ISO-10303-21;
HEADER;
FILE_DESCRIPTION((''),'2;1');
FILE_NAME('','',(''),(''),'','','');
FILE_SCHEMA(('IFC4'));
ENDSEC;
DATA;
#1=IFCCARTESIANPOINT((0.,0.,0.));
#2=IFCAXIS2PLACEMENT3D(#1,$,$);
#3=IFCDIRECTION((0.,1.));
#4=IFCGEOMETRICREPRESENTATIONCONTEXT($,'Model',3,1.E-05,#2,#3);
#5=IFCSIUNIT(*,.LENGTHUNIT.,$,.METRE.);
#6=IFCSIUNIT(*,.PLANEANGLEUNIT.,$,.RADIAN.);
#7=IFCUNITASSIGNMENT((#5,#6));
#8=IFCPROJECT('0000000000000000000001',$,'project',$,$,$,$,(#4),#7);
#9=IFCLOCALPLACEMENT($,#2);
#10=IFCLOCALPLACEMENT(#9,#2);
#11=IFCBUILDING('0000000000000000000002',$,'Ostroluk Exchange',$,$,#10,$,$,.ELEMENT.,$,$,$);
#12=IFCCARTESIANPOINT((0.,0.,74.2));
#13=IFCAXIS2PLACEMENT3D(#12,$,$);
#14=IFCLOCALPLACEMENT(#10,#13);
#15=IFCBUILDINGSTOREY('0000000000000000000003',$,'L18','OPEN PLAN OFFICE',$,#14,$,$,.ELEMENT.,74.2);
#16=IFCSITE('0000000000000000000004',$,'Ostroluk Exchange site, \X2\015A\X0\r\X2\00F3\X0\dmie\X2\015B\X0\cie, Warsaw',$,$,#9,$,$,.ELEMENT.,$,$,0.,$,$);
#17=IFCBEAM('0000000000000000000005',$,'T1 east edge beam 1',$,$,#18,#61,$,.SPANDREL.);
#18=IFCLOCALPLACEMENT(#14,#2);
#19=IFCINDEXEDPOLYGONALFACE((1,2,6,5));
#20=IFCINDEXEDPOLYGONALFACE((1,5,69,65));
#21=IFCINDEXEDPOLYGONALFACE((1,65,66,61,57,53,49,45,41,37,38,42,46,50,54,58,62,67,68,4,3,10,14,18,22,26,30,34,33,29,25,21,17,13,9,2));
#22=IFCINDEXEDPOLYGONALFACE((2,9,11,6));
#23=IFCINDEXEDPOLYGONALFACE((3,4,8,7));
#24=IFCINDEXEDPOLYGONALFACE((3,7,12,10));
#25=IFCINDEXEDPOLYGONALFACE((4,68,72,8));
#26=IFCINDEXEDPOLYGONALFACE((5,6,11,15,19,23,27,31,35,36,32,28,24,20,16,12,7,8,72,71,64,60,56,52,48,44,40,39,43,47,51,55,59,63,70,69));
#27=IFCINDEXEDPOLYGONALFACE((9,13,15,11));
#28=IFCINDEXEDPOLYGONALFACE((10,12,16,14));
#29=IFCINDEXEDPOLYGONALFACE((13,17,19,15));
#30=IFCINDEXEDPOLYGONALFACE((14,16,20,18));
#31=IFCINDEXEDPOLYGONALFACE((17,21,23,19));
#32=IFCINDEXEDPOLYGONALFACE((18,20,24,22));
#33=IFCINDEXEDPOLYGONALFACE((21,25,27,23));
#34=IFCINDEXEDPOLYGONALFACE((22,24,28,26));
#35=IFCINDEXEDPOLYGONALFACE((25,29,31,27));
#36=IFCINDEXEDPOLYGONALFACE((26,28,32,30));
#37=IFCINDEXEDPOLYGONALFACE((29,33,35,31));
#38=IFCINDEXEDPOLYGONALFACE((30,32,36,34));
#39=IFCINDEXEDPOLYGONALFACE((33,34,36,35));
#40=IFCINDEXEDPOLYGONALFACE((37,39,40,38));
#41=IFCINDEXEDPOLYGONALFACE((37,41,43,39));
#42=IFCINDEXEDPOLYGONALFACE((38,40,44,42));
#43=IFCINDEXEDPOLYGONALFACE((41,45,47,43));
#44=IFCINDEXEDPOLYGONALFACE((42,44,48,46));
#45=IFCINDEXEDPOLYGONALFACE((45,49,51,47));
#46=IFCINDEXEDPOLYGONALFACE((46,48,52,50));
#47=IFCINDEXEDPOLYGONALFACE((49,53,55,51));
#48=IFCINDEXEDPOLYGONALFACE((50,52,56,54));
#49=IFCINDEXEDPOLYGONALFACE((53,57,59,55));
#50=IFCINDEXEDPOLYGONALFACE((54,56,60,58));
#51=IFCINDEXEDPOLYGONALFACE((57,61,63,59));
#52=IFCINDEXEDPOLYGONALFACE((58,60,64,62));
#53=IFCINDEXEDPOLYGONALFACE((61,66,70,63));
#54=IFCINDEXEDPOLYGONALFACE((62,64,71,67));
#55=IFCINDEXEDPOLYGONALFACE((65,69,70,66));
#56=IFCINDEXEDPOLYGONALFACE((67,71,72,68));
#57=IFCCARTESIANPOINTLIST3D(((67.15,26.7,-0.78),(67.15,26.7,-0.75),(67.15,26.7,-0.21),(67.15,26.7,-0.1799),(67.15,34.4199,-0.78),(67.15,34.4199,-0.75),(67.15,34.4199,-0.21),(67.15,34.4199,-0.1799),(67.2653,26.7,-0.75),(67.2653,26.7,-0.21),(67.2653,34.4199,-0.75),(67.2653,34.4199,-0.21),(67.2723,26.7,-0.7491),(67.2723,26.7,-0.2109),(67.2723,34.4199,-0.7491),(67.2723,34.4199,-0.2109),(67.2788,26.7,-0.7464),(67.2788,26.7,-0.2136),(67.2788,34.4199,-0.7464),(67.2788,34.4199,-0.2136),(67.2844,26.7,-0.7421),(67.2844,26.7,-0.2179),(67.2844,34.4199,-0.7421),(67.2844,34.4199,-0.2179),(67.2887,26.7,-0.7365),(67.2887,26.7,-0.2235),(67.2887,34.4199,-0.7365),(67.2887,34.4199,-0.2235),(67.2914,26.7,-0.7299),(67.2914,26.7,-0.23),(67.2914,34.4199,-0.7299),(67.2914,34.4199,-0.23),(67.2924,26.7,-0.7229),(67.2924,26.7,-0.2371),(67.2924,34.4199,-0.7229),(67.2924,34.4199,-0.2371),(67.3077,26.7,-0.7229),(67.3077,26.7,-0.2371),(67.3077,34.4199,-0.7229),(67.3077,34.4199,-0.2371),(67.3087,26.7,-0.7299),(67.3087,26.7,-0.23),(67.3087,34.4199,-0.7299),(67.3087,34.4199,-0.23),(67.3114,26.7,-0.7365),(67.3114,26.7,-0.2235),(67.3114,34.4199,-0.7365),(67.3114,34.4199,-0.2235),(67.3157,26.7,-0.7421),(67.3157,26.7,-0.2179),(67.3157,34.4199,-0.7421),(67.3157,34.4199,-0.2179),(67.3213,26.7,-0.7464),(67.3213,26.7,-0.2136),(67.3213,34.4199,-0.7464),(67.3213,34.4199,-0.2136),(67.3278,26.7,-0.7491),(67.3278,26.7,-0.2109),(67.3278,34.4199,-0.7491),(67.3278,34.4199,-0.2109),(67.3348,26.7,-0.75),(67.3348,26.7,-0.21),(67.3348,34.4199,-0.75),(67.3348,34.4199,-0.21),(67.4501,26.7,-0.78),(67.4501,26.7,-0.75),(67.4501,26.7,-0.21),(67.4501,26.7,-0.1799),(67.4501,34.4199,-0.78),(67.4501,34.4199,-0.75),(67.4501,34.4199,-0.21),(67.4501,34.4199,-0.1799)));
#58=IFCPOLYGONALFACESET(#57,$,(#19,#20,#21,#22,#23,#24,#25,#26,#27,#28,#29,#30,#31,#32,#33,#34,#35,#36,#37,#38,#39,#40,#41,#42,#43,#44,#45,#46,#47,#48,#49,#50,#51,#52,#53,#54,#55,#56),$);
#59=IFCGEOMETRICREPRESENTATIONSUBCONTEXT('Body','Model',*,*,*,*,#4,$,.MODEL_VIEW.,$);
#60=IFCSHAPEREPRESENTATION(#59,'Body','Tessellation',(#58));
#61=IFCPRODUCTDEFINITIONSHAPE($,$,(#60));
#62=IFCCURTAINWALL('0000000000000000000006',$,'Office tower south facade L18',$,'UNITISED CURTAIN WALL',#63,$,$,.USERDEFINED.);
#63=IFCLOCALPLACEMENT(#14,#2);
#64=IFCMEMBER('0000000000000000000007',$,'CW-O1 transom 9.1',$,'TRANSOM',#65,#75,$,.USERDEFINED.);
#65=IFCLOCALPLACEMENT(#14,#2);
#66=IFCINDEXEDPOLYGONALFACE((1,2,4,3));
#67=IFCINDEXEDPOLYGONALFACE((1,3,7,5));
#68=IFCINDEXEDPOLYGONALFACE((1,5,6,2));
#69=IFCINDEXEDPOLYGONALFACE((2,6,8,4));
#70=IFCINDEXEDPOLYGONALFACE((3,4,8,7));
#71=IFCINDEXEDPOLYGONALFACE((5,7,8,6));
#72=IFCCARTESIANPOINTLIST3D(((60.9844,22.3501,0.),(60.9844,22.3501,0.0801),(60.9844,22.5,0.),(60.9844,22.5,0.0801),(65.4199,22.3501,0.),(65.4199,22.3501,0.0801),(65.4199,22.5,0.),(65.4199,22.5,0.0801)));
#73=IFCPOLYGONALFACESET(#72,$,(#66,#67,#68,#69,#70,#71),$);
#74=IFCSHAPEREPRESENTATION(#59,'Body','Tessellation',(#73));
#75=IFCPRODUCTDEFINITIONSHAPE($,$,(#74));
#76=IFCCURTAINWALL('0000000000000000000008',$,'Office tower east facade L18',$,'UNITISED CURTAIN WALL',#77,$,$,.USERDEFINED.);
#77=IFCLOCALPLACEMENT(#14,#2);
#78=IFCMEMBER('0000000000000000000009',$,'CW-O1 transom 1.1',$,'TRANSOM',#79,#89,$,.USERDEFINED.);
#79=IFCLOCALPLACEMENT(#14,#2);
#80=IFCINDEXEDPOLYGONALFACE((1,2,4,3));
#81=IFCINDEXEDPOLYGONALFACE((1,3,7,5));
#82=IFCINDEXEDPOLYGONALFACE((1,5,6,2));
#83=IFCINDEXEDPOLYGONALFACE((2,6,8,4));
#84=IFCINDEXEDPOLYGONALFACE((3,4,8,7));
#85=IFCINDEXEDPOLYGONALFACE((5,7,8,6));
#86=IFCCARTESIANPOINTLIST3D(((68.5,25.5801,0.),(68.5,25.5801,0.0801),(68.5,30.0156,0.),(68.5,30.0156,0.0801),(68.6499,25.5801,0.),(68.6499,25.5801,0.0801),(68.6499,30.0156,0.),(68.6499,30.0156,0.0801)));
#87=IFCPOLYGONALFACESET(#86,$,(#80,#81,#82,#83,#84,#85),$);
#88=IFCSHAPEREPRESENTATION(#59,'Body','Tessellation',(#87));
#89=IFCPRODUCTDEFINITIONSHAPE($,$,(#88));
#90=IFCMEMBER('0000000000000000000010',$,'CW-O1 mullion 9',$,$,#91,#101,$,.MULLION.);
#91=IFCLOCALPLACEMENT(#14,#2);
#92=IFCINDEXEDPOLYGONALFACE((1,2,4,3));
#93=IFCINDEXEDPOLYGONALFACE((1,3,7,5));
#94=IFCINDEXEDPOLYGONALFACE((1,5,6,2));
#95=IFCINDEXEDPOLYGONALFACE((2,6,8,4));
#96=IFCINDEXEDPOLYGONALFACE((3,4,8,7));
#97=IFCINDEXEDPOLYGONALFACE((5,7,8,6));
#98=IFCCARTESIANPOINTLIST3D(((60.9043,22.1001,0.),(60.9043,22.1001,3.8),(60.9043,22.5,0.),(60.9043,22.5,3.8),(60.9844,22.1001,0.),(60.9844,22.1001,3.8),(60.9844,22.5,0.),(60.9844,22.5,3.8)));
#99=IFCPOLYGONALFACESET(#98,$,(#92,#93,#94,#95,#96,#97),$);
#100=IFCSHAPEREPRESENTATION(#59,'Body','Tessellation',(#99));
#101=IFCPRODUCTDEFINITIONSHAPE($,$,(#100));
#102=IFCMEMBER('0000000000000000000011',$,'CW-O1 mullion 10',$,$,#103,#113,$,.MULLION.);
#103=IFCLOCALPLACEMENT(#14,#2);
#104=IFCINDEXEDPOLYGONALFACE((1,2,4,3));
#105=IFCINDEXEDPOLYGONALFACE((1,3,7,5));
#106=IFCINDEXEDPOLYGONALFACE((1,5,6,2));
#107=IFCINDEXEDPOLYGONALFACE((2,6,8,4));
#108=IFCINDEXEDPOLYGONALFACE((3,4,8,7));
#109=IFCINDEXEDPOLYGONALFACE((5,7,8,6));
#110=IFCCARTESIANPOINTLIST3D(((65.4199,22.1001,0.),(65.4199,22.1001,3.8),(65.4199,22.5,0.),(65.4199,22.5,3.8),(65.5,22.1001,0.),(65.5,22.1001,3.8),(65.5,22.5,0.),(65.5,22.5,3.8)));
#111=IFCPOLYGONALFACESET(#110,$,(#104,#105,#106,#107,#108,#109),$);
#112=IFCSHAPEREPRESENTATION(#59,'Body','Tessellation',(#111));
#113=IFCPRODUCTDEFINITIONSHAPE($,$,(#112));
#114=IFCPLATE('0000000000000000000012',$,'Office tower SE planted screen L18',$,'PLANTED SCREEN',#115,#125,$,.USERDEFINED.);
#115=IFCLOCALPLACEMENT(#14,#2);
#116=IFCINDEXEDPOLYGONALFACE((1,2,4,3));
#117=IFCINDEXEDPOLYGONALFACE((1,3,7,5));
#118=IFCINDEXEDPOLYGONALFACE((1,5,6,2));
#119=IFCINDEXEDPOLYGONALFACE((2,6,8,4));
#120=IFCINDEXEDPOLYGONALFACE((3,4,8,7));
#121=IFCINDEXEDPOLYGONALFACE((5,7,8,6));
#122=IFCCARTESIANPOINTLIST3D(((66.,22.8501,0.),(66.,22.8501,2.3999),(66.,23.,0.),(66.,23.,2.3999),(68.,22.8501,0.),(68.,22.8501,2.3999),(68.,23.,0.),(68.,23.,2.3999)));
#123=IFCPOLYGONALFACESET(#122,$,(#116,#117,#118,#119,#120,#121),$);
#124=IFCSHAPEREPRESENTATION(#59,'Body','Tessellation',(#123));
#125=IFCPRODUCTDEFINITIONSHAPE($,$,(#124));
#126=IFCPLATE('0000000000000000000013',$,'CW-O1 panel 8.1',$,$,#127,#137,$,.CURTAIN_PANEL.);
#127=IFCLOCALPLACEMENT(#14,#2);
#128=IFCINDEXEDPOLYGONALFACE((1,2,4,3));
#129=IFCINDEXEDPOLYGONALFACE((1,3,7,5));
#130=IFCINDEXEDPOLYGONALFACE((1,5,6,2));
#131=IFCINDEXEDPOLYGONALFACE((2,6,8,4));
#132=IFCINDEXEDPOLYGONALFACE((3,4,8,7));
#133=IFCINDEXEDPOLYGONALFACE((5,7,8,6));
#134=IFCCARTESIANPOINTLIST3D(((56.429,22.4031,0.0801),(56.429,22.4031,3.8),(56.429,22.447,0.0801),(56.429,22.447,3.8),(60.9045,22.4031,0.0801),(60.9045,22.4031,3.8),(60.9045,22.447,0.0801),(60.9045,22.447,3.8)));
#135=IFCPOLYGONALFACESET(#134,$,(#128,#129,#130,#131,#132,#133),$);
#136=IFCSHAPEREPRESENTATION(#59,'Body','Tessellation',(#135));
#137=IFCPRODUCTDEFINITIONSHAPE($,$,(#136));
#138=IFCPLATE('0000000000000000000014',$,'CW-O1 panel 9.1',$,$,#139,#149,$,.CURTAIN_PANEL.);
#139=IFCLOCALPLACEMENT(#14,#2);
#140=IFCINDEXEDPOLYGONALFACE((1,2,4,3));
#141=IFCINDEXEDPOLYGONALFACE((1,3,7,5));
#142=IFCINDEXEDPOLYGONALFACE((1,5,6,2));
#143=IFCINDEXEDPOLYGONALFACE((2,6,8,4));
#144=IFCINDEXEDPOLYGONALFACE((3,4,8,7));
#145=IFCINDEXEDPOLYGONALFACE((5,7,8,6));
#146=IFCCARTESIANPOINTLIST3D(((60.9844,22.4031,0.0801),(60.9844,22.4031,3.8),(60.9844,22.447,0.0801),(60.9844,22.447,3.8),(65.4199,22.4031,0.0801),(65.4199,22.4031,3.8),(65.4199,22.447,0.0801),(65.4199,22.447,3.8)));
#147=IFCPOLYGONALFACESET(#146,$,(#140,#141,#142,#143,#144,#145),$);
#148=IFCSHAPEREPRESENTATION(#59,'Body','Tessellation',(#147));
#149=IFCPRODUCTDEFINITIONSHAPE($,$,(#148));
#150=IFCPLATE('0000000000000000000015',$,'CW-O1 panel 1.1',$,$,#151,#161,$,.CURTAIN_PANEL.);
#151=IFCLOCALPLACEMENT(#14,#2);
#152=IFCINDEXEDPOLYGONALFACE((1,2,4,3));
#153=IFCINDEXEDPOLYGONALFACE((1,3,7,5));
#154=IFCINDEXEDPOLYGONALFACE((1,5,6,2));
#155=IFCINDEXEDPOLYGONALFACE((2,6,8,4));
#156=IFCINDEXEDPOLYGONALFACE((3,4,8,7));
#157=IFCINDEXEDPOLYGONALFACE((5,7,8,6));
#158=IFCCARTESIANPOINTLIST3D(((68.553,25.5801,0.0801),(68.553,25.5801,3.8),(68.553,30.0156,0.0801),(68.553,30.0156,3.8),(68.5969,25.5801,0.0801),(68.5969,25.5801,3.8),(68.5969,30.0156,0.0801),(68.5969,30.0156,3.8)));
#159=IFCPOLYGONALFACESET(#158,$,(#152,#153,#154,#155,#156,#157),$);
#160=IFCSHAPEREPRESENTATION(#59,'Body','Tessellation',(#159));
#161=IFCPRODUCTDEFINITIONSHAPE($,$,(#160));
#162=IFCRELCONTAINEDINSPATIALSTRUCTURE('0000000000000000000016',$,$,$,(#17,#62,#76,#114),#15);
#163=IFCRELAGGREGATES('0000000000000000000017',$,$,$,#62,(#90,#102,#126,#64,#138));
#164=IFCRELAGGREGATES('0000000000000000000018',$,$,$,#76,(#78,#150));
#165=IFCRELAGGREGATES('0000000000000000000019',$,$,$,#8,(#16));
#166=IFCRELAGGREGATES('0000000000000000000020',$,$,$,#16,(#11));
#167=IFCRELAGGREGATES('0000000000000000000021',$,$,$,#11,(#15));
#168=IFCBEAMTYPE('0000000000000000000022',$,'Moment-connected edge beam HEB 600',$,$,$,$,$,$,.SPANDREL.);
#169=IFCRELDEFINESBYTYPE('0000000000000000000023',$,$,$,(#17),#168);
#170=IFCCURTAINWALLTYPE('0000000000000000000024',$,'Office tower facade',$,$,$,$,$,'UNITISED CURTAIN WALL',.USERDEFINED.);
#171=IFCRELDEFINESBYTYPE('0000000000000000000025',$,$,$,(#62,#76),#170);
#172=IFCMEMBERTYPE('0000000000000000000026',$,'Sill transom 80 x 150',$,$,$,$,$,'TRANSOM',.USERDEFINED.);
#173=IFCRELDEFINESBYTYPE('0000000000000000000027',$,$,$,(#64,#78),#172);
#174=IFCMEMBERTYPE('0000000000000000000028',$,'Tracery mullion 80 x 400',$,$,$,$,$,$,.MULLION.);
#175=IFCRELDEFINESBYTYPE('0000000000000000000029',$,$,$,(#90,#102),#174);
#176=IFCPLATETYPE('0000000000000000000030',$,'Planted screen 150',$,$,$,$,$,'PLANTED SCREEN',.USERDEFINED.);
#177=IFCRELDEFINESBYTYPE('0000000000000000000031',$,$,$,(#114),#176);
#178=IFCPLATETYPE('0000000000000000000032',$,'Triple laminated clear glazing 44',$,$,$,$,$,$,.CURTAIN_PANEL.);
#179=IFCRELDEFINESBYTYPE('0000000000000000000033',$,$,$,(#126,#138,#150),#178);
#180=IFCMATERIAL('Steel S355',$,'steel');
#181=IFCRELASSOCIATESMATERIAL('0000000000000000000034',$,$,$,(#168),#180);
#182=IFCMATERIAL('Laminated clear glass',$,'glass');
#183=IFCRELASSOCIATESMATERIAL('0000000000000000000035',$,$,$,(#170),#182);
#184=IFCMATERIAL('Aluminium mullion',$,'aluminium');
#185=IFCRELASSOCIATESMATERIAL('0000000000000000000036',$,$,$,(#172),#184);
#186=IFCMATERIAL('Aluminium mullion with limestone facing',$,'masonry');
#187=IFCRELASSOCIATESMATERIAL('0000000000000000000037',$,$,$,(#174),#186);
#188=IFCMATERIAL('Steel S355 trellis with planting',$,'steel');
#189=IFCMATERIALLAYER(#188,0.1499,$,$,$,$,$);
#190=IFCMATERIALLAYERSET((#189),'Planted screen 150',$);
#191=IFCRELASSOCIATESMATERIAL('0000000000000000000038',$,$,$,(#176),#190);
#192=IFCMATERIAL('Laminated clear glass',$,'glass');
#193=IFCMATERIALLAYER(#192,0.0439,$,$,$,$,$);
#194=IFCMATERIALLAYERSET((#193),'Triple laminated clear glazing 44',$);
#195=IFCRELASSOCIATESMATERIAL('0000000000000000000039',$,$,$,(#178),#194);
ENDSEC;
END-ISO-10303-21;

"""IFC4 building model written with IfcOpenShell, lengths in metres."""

from ifc_helpers import new_model, si_unit, direction, frame, origin, origin_2d, place, context, subcontext, project, spatial, rectangle, i_section, extrude, material, layer, layer_set, material_profile, profile_set, type_object, element, aggregate, save


model = new_model("IFC4")

# Units and contexts
model_context = context("Model", 3, precision=1e-05, world=origin(), true_north=direction((0.0, 1.0)))
body_context = subcontext(model_context, "Body", "Model", "MODEL_VIEW")
ifc_project = project(units=[si_unit("LENGTHUNIT", "METRE"), si_unit("PLANEANGLEUNIT", "RADIAN")], contexts=[model_context])

# Site, building, storey
site_placement = place(None, origin())
site = spatial("IfcSite", under=ifc_project, at=site_placement, Name="Ostroluk Exchange site, Śródmieście, Warsaw", CompositionType="ELEMENT", RefElevation=0.0)
building_placement = place(site_placement, origin())
building = spatial("IfcBuilding", under=site, at=building_placement, Name="Ostroluk Exchange", CompositionType="ELEMENT")
storey_placement = place(building_placement, frame((0.0, 0.0, 74.2)))
storey = spatial("IfcBuildingStorey", under=building, at=storey_placement, Name="L18", Description="OPEN PLAN OFFICE", CompositionType="ELEMENT", Elevation=74.2)

# Beam
ifc_material_1 = material(Name="Steel S355", Category="steel")
ifc_material_profile_1 = material_profile(ifc_material_1, i_section(OverallWidth=0.3, OverallDepth=0.6001, WebThickness=0.0154, FlangeThickness=0.03, FilletRadius=0.0271, at=origin_2d()), Name="HEB 600")
ifc_profile_set_1 = profile_set([ifc_material_profile_1], Name="Steel S355")
beam_type_1 = type_object("IfcBeamType", Name="Moment-connected edge beam HEB 600", PredefinedType="SPANDREL", material=ifc_profile_set_1)
beam_placement = place(storey_placement, frame((67.3, 26.7, -0.48), z_axis=(0.0, 1.0, 0.0), x_axis=(-1.0, 0.0, 0.0)))
element("IfcBeam", 1, at=beam_placement, inside=storey, type_object=beam_type_1, Name="T1 east edge beam 1", PredefinedType="SPANDREL", context=body_context, shape_type="SweptSolid", body=[
    extrude(i_section(OverallWidth=0.3, OverallDepth=0.6001, WebThickness=0.0154, FlangeThickness=0.03, FilletRadius=0.0271, at=origin_2d()), origin(), (0.0, 0.0, 1.0), 7.72),
])

# Curtain walls, members
ifc_material_2 = material(Name="Laminated clear glass", Category="glass")
curtain_wall_type = type_object("IfcCurtainWallType", Name="Office tower facade", ElementType="UNITISED CURTAIN WALL", PredefinedType="USERDEFINED", material=ifc_material_2)
curtain_wall_1_placement = place(storey_placement, origin())
curtain_wall_1 = element("IfcCurtainWall", 2, at=curtain_wall_1_placement, inside=storey, type_object=curtain_wall_type, Name="Office tower south facade L18", ObjectType="UNITISED CURTAIN WALL", PredefinedType="USERDEFINED")
ifc_material_3 = material(Name="Aluminium mullion", Category="aluminium")
ifc_material_profile_2 = material_profile(ifc_material_3, rectangle(XDim=0.1499, YDim=0.0801, at=origin_2d()), Name="Sill transom 80 x 150")
ifc_profile_set_2 = profile_set([ifc_material_profile_2], Name="Aluminium mullion")
member_type_1 = type_object("IfcMemberType", Name="Sill transom 80 x 150", ElementType="TRANSOM", PredefinedType="USERDEFINED", material=ifc_profile_set_2)
member_1_placement = place(storey_placement, frame((60.9844, 22.425, 0.04), z_axis=(1.0, 0.0, 0.0), x_axis=(0.0, 1.0, 0.0)))
member_1 = element("IfcMember", 3, at=member_1_placement, type_object=member_type_1, Name="CW-O1 transom 9.1", ObjectType="TRANSOM", PredefinedType="USERDEFINED", context=body_context, shape_type="SweptSolid", body=[
    extrude(rectangle(XDim=0.1499, YDim=0.0801, at=origin_2d()), origin(), (0.0, 0.0, 1.0), 4.4355),
])
curtain_wall_2_placement = place(storey_placement, origin())
curtain_wall_2 = element("IfcCurtainWall", 4, at=curtain_wall_2_placement, inside=storey, type_object=curtain_wall_type, Name="Office tower east facade L18", ObjectType="UNITISED CURTAIN WALL", PredefinedType="USERDEFINED")
member_2_placement = place(storey_placement, frame((68.575, 25.5801, 0.04), z_axis=(0.0, 1.0, 0.0), x_axis=(-1.0, 0.0, 0.0)))
member_2 = element("IfcMember", 5, at=member_2_placement, type_object=member_type_1, Name="CW-O1 transom 1.1", ObjectType="TRANSOM", PredefinedType="USERDEFINED", context=body_context, shape_type="SweptSolid", body=[
    extrude(rectangle(XDim=0.1499, YDim=0.0801, at=origin_2d()), origin(), (0.0, 0.0, 1.0), 4.4355),
])

# Members
ifc_material_4 = material(Name="Aluminium mullion with limestone facing", Category="masonry")
ifc_material_profile_3 = material_profile(ifc_material_4, rectangle(XDim=0.3999, YDim=0.0801, at=origin_2d()), Name="Tracery mullion 80 x 400")
ifc_profile_set_3 = profile_set([ifc_material_profile_3], Name="Aluminium mullion with limestone facing")
member_type_2 = type_object("IfcMemberType", Name="Tracery mullion 80 x 400", PredefinedType="MULLION", material=ifc_profile_set_3)
member_3_placement = place(storey_placement, frame((60.9443, 22.3, 0.0), z_axis=(0.0, 0.0, 1.0), x_axis=(0.0, 1.0, 0.0)))
member_3 = element("IfcMember", 6, at=member_3_placement, type_object=member_type_2, Name="CW-O1 mullion 9", PredefinedType="MULLION", context=body_context, shape_type="SweptSolid", body=[
    extrude(rectangle(XDim=0.3999, YDim=0.0801, at=origin_2d()), origin(), (0.0, 0.0, 1.0), 3.8),
])
member_4_placement = place(storey_placement, frame((65.46, 22.3, 0.0), z_axis=(0.0, 0.0, 1.0), x_axis=(0.0, 1.0, 0.0)))
member_4 = element("IfcMember", 7, at=member_4_placement, type_object=member_type_2, Name="CW-O1 mullion 10", PredefinedType="MULLION", context=body_context, shape_type="SweptSolid", body=[
    extrude(rectangle(XDim=0.3999, YDim=0.0801, at=origin_2d()), origin(), (0.0, 0.0, 1.0), 3.8),
])

# Plates
ifc_material_5 = material(Name="Steel S355 trellis with planting", Category="steel")
ifc_layer_1 = layer(ifc_material_5, 0.1499)
ifc_layer_set_1 = layer_set([ifc_layer_1], Name="Planted screen 150")
plate_type_1 = type_object("IfcPlateType", Name="Planted screen 150", ElementType="PLANTED SCREEN", PredefinedType="USERDEFINED", material=ifc_layer_set_1)
plate_1_placement = place(storey_placement, frame((67.0, 22.925, 0.0), z_axis=(0.0, 0.0, 1.0), x_axis=(1.0, 0.0, 0.0)))
element("IfcPlate", 8, at=plate_1_placement, inside=storey, type_object=plate_type_1, Name="Office tower SE planted screen L18", ObjectType="PLANTED SCREEN", PredefinedType="USERDEFINED", context=body_context, shape_type="SweptSolid", body=[
    extrude(rectangle(XDim=2.0, YDim=0.1499, at=origin_2d()), origin(), (0.0, 0.0, 1.0), 2.3999),
])
ifc_material_6 = material(Name="Laminated clear glass", Category="glass")
ifc_layer_2 = layer(ifc_material_6, 0.0439)
ifc_layer_set_2 = layer_set([ifc_layer_2], Name="Triple laminated clear glazing 44")
plate_type_2 = type_object("IfcPlateType", Name="Triple laminated clear glazing 44", PredefinedType="CURTAIN_PANEL", material=ifc_layer_set_2)
plate_2_placement = place(storey_placement, frame((58.6667, 22.425, 0.0801), z_axis=(0.0, 0.0, 1.0), x_axis=(1.0, 0.0, 0.0)))
plate_2 = element("IfcPlate", 9, at=plate_2_placement, type_object=plate_type_2, Name="CW-O1 panel 8.1", PredefinedType="CURTAIN_PANEL", context=body_context, shape_type="SweptSolid", body=[
    extrude(rectangle(XDim=4.4756, YDim=0.0439, at=origin_2d()), origin(), (0.0, 0.0, 1.0), 3.72),
])
plate_3_placement = place(storey_placement, frame((63.2021, 22.425, 0.0801), z_axis=(0.0, 0.0, 1.0), x_axis=(1.0, 0.0, 0.0)))
plate_3 = element("IfcPlate", 10, at=plate_3_placement, type_object=plate_type_2, Name="CW-O1 panel 9.1", PredefinedType="CURTAIN_PANEL", context=body_context, shape_type="SweptSolid", body=[
    extrude(rectangle(XDim=4.4355, YDim=0.0439, at=origin_2d()), origin(), (0.0, 0.0, 1.0), 3.72),
])
aggregate(curtain_wall_1, [member_3, member_4, plate_2, member_1, plate_3])
plate_4_placement = place(storey_placement, frame((68.575, 27.7979, 0.0801), z_axis=(0.0, 0.0, 1.0), x_axis=(0.0, 1.0, 0.0)))
plate_4 = element("IfcPlate", 11, at=plate_4_placement, type_object=plate_type_2, Name="CW-O1 panel 1.1", PredefinedType="CURTAIN_PANEL", context=body_context, shape_type="SweptSolid", body=[
    extrude(rectangle(XDim=4.4355, YDim=0.0439, at=origin_2d()), origin(), (0.0, 0.0, 1.0), 3.72),
])
aggregate(curtain_wall_2, [member_2, plate_4])

save(model, "model.ifc")
